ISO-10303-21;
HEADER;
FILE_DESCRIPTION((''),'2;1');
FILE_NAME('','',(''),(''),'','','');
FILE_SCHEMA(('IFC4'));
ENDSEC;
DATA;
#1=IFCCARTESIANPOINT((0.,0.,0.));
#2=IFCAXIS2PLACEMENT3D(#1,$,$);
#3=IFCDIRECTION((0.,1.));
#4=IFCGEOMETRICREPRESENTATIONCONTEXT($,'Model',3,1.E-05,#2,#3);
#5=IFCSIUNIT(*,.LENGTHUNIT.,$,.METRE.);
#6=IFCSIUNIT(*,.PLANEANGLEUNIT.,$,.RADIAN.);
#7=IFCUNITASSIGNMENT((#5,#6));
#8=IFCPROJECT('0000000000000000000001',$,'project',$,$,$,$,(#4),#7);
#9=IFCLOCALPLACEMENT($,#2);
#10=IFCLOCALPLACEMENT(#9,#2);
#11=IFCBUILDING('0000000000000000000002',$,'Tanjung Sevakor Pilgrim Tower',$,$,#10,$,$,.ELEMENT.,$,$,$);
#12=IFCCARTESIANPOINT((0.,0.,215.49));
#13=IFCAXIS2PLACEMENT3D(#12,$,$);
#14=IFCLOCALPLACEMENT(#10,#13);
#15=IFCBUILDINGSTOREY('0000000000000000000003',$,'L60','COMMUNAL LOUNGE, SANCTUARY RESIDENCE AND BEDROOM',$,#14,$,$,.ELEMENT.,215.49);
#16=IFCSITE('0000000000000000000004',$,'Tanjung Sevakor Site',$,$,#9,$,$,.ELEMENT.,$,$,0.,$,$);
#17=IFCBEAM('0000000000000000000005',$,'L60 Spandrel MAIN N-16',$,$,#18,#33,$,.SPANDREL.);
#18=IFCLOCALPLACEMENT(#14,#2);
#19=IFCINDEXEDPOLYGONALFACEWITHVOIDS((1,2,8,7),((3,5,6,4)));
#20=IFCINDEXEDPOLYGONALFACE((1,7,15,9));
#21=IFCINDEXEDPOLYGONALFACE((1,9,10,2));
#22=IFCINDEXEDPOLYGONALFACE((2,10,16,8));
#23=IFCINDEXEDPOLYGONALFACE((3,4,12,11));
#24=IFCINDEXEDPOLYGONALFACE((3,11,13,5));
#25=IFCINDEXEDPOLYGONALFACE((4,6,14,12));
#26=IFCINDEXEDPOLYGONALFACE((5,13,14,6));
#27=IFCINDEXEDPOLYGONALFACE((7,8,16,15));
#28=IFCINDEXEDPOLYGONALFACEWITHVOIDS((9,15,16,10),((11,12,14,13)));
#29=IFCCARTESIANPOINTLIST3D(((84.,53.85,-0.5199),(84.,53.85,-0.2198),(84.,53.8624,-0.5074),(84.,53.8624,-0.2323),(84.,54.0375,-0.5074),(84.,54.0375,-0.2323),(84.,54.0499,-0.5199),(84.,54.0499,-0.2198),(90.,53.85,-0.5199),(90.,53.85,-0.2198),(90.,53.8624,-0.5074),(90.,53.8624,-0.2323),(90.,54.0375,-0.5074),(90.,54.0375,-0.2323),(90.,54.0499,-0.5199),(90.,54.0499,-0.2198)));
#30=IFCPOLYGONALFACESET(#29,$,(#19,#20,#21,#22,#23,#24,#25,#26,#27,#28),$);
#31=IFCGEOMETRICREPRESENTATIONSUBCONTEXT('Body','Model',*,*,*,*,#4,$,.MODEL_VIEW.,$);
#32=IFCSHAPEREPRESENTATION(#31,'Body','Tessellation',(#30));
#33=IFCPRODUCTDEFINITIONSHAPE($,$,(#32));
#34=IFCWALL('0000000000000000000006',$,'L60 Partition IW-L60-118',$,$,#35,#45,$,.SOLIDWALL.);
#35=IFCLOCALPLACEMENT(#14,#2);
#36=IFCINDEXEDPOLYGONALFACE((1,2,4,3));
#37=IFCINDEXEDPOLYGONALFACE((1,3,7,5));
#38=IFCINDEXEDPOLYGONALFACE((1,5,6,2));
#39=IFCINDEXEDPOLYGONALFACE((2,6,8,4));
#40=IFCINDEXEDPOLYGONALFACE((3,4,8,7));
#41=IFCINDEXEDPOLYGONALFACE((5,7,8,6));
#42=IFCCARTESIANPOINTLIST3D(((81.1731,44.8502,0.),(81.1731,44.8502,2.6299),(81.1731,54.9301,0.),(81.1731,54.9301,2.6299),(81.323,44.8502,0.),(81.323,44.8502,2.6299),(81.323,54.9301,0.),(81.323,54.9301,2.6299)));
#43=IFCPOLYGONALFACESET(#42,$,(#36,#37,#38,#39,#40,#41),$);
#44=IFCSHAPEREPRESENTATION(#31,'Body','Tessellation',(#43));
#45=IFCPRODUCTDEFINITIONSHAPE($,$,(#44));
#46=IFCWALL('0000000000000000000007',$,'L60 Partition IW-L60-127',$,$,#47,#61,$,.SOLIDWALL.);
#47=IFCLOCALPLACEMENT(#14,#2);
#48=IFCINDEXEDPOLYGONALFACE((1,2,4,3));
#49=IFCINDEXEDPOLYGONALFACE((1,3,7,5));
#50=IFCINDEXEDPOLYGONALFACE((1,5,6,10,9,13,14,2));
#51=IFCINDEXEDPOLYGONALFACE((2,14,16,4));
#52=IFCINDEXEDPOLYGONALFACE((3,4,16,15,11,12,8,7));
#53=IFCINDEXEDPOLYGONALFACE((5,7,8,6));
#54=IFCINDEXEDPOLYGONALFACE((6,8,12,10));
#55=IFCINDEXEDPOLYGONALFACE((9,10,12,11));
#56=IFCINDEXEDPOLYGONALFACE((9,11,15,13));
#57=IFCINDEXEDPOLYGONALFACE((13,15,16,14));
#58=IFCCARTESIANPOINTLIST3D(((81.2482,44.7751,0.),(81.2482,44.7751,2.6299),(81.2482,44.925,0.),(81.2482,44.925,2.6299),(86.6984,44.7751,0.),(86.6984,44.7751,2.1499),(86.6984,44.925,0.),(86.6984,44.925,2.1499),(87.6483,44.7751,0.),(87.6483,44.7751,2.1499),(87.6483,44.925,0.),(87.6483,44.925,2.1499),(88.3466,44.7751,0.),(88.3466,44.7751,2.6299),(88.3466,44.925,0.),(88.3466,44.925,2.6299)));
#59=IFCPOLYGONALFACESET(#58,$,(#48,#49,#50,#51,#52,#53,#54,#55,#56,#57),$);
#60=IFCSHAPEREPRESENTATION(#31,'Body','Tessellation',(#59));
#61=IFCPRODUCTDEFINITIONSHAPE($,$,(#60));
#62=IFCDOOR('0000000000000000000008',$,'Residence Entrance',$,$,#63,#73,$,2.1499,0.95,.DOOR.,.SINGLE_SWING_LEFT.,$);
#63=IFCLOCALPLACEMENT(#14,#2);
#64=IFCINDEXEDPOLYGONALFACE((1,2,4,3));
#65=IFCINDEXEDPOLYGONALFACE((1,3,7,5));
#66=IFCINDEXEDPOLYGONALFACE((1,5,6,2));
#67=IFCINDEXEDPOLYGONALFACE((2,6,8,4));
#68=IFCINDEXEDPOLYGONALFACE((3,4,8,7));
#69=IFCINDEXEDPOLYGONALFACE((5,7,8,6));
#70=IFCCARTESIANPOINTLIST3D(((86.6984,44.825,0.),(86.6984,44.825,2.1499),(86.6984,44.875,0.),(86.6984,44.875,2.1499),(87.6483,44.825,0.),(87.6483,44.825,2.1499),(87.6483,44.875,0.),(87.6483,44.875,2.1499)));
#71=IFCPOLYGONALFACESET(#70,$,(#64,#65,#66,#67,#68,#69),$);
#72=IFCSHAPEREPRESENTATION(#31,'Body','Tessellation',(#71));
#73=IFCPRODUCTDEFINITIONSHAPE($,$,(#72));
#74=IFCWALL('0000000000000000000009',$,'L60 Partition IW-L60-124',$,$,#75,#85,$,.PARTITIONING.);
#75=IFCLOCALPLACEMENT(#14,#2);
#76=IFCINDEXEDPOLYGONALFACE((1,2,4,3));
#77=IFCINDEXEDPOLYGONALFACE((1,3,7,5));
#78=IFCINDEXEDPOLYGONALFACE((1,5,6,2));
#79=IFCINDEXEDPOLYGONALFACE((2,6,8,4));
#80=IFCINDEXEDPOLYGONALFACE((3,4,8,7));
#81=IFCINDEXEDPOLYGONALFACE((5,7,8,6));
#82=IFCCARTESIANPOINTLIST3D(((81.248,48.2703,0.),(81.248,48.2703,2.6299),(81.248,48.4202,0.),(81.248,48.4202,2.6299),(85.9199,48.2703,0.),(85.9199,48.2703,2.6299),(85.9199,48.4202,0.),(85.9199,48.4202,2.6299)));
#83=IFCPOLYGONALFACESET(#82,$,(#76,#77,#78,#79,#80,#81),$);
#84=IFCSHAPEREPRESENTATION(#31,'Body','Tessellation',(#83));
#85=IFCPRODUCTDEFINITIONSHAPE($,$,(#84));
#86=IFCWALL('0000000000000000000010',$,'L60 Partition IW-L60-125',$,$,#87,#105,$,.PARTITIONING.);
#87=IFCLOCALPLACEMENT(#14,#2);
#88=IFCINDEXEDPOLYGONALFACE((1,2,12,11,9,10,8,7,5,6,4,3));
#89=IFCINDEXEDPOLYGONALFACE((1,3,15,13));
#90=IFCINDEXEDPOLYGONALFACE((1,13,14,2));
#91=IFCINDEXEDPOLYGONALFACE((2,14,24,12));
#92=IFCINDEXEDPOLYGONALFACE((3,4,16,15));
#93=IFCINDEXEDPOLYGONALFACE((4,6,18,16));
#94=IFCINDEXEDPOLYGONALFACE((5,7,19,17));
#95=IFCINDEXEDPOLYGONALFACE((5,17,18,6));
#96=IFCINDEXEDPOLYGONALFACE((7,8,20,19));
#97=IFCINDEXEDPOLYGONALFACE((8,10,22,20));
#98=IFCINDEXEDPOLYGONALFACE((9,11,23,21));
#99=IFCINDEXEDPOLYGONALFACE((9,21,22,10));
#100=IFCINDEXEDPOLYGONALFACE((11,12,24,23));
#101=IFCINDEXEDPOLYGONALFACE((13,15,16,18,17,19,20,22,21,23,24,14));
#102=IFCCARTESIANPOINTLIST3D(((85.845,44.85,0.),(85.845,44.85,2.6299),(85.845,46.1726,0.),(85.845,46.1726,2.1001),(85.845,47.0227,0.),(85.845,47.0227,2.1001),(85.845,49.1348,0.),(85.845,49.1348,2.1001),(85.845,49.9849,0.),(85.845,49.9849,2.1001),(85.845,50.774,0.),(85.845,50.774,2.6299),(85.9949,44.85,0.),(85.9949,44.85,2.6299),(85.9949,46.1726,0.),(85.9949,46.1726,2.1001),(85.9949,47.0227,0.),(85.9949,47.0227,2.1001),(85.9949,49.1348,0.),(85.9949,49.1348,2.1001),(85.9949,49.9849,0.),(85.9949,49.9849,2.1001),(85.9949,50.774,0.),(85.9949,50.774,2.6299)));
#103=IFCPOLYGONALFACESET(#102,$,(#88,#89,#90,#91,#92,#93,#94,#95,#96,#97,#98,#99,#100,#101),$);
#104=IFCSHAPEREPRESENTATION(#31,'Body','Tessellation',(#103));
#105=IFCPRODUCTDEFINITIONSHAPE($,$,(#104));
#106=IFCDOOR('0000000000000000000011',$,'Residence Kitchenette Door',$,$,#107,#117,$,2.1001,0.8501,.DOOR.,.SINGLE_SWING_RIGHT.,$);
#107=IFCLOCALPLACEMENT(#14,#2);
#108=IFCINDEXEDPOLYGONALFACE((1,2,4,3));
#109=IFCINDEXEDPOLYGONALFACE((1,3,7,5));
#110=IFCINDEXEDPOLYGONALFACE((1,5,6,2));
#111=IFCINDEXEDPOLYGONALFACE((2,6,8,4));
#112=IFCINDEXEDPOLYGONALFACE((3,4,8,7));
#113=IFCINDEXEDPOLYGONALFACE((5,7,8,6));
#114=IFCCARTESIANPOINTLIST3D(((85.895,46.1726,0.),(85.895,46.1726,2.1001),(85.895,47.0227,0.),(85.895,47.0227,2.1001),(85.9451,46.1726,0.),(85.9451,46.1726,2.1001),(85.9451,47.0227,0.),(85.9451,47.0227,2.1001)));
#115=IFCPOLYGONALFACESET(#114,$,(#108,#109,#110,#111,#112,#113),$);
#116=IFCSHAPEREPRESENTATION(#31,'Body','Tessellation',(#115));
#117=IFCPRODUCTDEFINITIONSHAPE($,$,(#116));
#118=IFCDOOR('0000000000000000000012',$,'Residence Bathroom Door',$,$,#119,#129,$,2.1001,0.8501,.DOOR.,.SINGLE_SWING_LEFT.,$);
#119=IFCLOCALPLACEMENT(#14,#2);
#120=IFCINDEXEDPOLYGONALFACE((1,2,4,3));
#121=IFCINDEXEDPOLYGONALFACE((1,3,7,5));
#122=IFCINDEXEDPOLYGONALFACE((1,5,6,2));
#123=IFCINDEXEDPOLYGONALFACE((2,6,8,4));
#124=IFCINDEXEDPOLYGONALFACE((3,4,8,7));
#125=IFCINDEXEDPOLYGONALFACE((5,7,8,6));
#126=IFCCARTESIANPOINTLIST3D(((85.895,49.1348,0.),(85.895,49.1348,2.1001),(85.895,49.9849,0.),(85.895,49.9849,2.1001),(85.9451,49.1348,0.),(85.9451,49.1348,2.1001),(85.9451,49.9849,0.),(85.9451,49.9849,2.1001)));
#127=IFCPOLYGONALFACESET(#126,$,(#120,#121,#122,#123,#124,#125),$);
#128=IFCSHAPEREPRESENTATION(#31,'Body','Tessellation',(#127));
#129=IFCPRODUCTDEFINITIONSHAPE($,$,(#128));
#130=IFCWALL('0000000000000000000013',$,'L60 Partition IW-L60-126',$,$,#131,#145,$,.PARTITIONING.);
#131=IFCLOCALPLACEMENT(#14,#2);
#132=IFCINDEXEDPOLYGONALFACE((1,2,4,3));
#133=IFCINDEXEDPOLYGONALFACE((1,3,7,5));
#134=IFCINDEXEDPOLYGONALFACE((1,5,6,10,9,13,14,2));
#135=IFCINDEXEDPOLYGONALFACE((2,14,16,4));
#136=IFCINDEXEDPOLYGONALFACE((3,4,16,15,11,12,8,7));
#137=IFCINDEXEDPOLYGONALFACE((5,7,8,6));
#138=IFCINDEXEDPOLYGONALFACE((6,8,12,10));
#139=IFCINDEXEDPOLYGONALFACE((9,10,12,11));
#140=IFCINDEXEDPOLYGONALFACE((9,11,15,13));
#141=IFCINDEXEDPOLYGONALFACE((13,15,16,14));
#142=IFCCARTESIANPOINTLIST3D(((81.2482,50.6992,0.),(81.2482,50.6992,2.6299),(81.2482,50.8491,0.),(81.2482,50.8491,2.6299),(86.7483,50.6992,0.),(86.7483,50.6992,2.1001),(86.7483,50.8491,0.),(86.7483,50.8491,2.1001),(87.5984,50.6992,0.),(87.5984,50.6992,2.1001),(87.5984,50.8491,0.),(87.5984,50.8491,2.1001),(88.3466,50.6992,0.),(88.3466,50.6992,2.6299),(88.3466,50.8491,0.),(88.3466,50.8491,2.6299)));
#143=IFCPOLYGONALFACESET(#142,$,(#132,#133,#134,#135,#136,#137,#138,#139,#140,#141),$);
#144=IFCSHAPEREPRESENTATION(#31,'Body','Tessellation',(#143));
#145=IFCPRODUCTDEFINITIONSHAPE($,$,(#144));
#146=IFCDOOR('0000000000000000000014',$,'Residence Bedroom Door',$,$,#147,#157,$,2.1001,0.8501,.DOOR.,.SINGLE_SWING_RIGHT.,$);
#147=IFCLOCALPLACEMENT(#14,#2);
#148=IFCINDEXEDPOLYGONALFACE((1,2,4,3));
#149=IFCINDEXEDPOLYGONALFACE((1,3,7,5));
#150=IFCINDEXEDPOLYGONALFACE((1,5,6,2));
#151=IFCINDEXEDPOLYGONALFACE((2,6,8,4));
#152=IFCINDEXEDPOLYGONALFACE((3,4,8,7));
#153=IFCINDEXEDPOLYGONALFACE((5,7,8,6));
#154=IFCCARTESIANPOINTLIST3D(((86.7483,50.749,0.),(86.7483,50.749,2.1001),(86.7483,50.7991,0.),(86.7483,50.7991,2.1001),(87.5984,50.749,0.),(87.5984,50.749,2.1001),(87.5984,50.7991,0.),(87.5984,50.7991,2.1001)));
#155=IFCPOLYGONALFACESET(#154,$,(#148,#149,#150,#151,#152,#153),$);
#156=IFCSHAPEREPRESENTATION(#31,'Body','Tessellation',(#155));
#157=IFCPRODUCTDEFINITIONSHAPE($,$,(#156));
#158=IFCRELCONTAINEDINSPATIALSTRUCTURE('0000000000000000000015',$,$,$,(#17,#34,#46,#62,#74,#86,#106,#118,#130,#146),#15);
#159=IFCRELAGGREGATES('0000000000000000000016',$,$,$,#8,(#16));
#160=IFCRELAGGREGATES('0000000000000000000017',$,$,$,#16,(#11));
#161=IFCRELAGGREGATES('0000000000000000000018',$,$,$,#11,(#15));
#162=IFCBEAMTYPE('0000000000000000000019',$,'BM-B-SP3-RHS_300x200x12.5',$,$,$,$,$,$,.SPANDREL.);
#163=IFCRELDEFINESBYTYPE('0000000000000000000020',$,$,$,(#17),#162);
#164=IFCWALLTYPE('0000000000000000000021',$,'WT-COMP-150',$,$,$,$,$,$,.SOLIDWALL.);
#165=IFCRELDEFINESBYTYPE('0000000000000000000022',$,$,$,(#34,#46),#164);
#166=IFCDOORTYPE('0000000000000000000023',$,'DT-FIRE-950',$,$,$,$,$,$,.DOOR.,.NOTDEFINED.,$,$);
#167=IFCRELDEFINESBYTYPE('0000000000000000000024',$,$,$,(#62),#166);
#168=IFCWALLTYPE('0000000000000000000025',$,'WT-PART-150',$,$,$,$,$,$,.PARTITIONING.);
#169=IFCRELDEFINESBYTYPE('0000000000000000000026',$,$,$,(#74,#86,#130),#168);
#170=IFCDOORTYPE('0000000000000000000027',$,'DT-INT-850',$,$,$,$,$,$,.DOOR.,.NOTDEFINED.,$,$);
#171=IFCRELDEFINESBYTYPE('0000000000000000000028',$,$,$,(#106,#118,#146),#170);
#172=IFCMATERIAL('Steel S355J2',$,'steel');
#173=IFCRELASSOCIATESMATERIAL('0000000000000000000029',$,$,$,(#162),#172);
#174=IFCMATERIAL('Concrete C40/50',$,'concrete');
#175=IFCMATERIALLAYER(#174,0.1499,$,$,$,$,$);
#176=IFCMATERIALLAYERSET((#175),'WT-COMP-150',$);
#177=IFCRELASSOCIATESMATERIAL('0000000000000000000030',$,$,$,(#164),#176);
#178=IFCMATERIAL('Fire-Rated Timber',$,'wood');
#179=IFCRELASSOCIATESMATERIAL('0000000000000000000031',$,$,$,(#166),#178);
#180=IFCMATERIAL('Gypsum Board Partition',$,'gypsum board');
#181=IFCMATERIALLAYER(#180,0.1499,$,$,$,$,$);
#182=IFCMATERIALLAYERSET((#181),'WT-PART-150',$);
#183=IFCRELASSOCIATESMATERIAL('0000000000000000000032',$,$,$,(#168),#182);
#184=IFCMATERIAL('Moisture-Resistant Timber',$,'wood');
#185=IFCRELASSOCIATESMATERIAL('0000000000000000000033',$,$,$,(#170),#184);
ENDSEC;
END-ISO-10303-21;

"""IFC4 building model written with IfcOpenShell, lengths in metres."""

from ifc_helpers import new_model, si_unit, direction, frame, frame_2d, origin, origin_2d, place, context, subcontext, project, spatial, rectangle, hollow_rectangle, extrude, material, layer, layer_set, material_profile, profile_set, type_object, element, fill, save


model = new_model("IFC4")

# Units and contexts
model_context = context("Model", 3, precision=1e-05, world=origin(), true_north=direction((0.0, 1.0)))
body_context = subcontext(model_context, "Body", "Model", "MODEL_VIEW")
ifc_project = project(units=[si_unit("LENGTHUNIT", "METRE"), si_unit("PLANEANGLEUNIT", "RADIAN")], contexts=[model_context])

# Site, building, storey
site_placement = place(None, origin())
site = spatial("IfcSite", under=ifc_project, at=site_placement, Name="Tanjung Sevakor Site", CompositionType="ELEMENT", RefElevation=0.0)
building_placement = place(site_placement, origin())
building = spatial("IfcBuilding", under=site, at=building_placement, Name="Tanjung Sevakor Pilgrim Tower", CompositionType="ELEMENT")
storey_placement = place(building_placement, frame((0.0, 0.0, 215.49)))
storey = spatial("IfcBuildingStorey", under=building, at=storey_placement, Name="L60", Description="COMMUNAL LOUNGE, SANCTUARY RESIDENCE AND BEDROOM", CompositionType="ELEMENT", Elevation=215.49)

# Beam
ifc_material_1 = material(Name="Steel S355J2", Category="steel")
ifc_material_profile_1 = material_profile(ifc_material_1, hollow_rectangle(XDim=0.2, YDim=0.3, WallThickness=0.0125, at=origin_2d()))
ifc_profile_set_1 = profile_set([ifc_material_profile_1], Name="Steel S355J2")
beam_type_1 = type_object("IfcBeamType", Name="BM-B-SP3-RHS_300x200x12.5", PredefinedType="SPANDREL", material=ifc_profile_set_1)
for number, where, z_axis, x_axis, name in (
    (1, (84.0, 53.95, -0.3699), (1.0, 0.0, 0.0), (0.0, 1.0, 0.0), "L60 Spandrel MAIN N-16"),
):
    element("IfcBeam", number, at=place(storey_placement, frame(where, z_axis=z_axis, x_axis=x_axis)), inside=storey, type_object=beam_type_1, Name=name, PredefinedType="SPANDREL", context=body_context, shape_type="SweptSolid", body=[
        extrude(hollow_rectangle(XDim=0.2, YDim=0.3, WallThickness=0.0125, at=origin_2d()), origin(), (0.0, 0.0, 1.0), 6.0),
    ])

# Wall
ifc_material_2 = material(Name="Concrete C40/50", Category="concrete")
ifc_layer_1 = layer(ifc_material_2, 0.1499)
ifc_layer_set_1 = layer_set([ifc_layer_1], Name="WT-COMP-150")
wall_type_1 = type_object("IfcWallType", Name="WT-COMP-150", PredefinedType="SOLIDWALL", material=ifc_layer_set_1)
wall_1_placement = place(storey_placement, frame((81.248, 44.8501, 0.0), z_axis=(0.0, 0.0, 1.0), x_axis=(0.0, 1.0, 0.0)))
element("IfcWall", 2, at=wall_1_placement, inside=storey, type_object=wall_type_1, Name="L60 Partition IW-L60-118", PredefinedType="SOLIDWALL", context=body_context, shape_type="SweptSolid", body=[
    extrude(rectangle(XDim=10.0798, YDim=0.1499, at=frame_2d((5.04, 0.0))), origin(), (0.0, 0.0, 1.0), 2.6299),
])

# Wall, opening, door
wall_2_placement = place(storey_placement, frame((81.248, 44.8501, 0.0), z_axis=(0.0, 0.0, 1.0), x_axis=(1.0, 0.0, 0.0)))
wall_2 = element("IfcWall", 3, at=wall_2_placement, inside=storey, type_object=wall_type_1, Name="L60 Partition IW-L60-127", PredefinedType="SOLIDWALL", context=body_context, shape_type="SweptSolid", body=[
    extrude(rectangle(XDim=7.0984, YDim=0.1499, at=frame_2d((3.5493, 0.0))), origin(), (0.0, 0.0, 1.0), 2.6299),
])
opening_1_placement = place(wall_2_placement, frame((5.4502, 0.0, 0.0)))
opening_1 = element("IfcOpeningElement", 4, at=opening_1_placement, cuts=wall_2, PredefinedType="OPENING", context=body_context, shape_type="SweptSolid", body=[
    extrude(rectangle(XDim=0.95, YDim=2.1499, at=frame_2d((0.4751, 1.075))), frame((0.0, 0.085, 0.0), z_axis=(0.0, -1.0, 0.0), x_axis=(1.0, 0.0, 0.0)), (0.0, 0.0, 1.0), 0.1699),
])
ifc_material_3 = material(Name="Fire-Rated Timber", Category="wood")
door_type_1 = type_object("IfcDoorType", Name="DT-FIRE-950", OperationType="NOTDEFINED", PredefinedType="DOOR", material=ifc_material_3)
door_1_placement = place(opening_1_placement, origin())
door_1 = element("IfcDoor", 5, at=door_1_placement, inside=storey, type_object=door_type_1, Name="Residence Entrance", OperationType="SINGLE_SWING_LEFT", OverallHeight=2.1499, OverallWidth=0.95, PredefinedType="DOOR", context=body_context, shape_type="SweptSolid", body=[
    extrude(rectangle(XDim=0.95, YDim=2.1499, at=frame_2d((0.4751, 1.075))), frame((0.0, 0.0249, 0.0), z_axis=(0.0, -1.0, 0.0), x_axis=(1.0, 0.0, 0.0)), (0.0, 0.0, 1.0), 0.05),
])
fill(opening_1, door_1)

# Wall
ifc_material_4 = material(Name="Gypsum Board Partition", Category="gypsum board")
ifc_layer_2 = layer(ifc_material_4, 0.1499)
ifc_layer_set_2 = layer_set([ifc_layer_2], Name="WT-PART-150")
wall_type_2 = type_object("IfcWallType", Name="WT-PART-150", PredefinedType="PARTITIONING", material=ifc_layer_set_2)
wall_3_placement = place(storey_placement, frame((81.248, 48.3452, 0.0), z_axis=(0.0, 0.0, 1.0), x_axis=(1.0, 0.0, 0.0)))
element("IfcWall", 6, at=wall_3_placement, inside=storey, type_object=wall_type_2, Name="L60 Partition IW-L60-124", PredefinedType="PARTITIONING", context=body_context, shape_type="SweptSolid", body=[
    extrude(rectangle(XDim=4.6719, YDim=0.1499, at=frame_2d((2.3359, 0.0))), origin(), (0.0, 0.0, 1.0), 2.6299),
])

# Wall, openings, doors
wall_4_placement = place(storey_placement, frame((85.9199, 44.8501, 0.0), z_axis=(0.0, 0.0, 1.0), x_axis=(0.0, 1.0, 0.0)))
wall_4 = element("IfcWall", 7, at=wall_4_placement, inside=storey, type_object=wall_type_2, Name="L60 Partition IW-L60-125", PredefinedType="PARTITIONING", context=body_context, shape_type="SweptSolid", body=[
    extrude(rectangle(XDim=5.9241, YDim=0.1499, at=frame_2d((2.9619, 0.0))), origin(), (0.0, 0.0, 1.0), 2.6299),
])
opening_2_placement = place(wall_4_placement, frame((1.3225, 0.0, 0.0)))
opening_2 = element("IfcOpeningElement", 8, at=opening_2_placement, cuts=wall_4, PredefinedType="OPENING", context=body_context, shape_type="SweptSolid", body=[
    extrude(rectangle(XDim=0.8501, YDim=2.1001, at=frame_2d((0.425, 1.05))), frame((0.0, 0.085, 0.0), z_axis=(0.0, -1.0, 0.0), x_axis=(1.0, 0.0, 0.0)), (0.0, 0.0, 1.0), 0.1699),
])
opening_3_placement = place(wall_4_placement, frame((4.2847, 0.0, 0.0)))
opening_3 = element("IfcOpeningElement", 9, at=opening_3_placement, cuts=wall_4, PredefinedType="OPENING", context=body_context, shape_type="SweptSolid", body=[
    extrude(rectangle(XDim=0.8501, YDim=2.1001, at=frame_2d((0.425, 1.05))), frame((0.0, 0.085, 0.0), z_axis=(0.0, -1.0, 0.0), x_axis=(1.0, 0.0, 0.0)), (0.0, 0.0, 1.0), 0.1699),
])
ifc_material_5 = material(Name="Moisture-Resistant Timber", Category="wood")
door_type_2 = type_object("IfcDoorType", Name="DT-INT-850", OperationType="NOTDEFINED", PredefinedType="DOOR", material=ifc_material_5)
door_2_placement = place(opening_2_placement, origin())
door_2 = element("IfcDoor", 10, at=door_2_placement, inside=storey, type_object=door_type_2, Name="Residence Kitchenette Door", OperationType="SINGLE_SWING_RIGHT", OverallHeight=2.1001, OverallWidth=0.8501, PredefinedType="DOOR", context=body_context, shape_type="SweptSolid", body=[
    extrude(rectangle(XDim=0.8501, YDim=2.1001, at=frame_2d((0.425, 1.05))), frame((0.0, 0.0249, 0.0), z_axis=(0.0, -1.0, 0.0), x_axis=(1.0, 0.0, 0.0)), (0.0, 0.0, 1.0), 0.05),
])
fill(opening_2, door_2)
door_3_placement = place(opening_3_placement, origin())
door_3 = element("IfcDoor", 11, at=door_3_placement, inside=storey, type_object=door_type_2, Name="Residence Bathroom Door", OperationType="SINGLE_SWING_LEFT", OverallHeight=2.1001, OverallWidth=0.8501, PredefinedType="DOOR", context=body_context, shape_type="SweptSolid", body=[
    extrude(rectangle(XDim=0.8501, YDim=2.1001, at=frame_2d((0.425, 1.05))), frame((0.0, 0.0249, 0.0), z_axis=(0.0, -1.0, 0.0), x_axis=(1.0, 0.0, 0.0)), (0.0, 0.0, 1.0), 0.05),
])
fill(opening_3, door_3)

# Wall, opening, door
wall_5_placement = place(storey_placement, frame((81.248, 50.7742, 0.0), z_axis=(0.0, 0.0, 1.0), x_axis=(1.0, 0.0, 0.0)))
wall_5 = element("IfcWall", 12, at=wall_5_placement, inside=storey, type_object=wall_type_2, Name="L60 Partition IW-L60-126", PredefinedType="PARTITIONING", context=body_context, shape_type="SweptSolid", body=[
    extrude(rectangle(XDim=7.0984, YDim=0.1499, at=frame_2d((3.5493, 0.0))), origin(), (0.0, 0.0, 1.0), 2.6299),
])
opening_4_placement = place(wall_5_placement, frame((5.5002, 0.0, 0.0)))
opening_4 = element("IfcOpeningElement", 13, at=opening_4_placement, cuts=wall_5, PredefinedType="OPENING", context=body_context, shape_type="SweptSolid", body=[
    extrude(rectangle(XDim=0.8501, YDim=2.1001, at=frame_2d((0.425, 1.05))), frame((0.0, 0.085, 0.0), z_axis=(0.0, -1.0, 0.0), x_axis=(1.0, 0.0, 0.0)), (0.0, 0.0, 1.0), 0.1699),
])
door_4_placement = place(opening_4_placement, origin())
door_4 = element("IfcDoor", 14, at=door_4_placement, inside=storey, type_object=door_type_2, Name="Residence Bedroom Door", OperationType="SINGLE_SWING_RIGHT", OverallHeight=2.1001, OverallWidth=0.8501, PredefinedType="DOOR", context=body_context, shape_type="SweptSolid", body=[
    extrude(rectangle(XDim=0.8501, YDim=2.1001, at=frame_2d((0.425, 1.05))), frame((0.0, 0.0249, 0.0), z_axis=(0.0, -1.0, 0.0), x_axis=(1.0, 0.0, 0.0)), (0.0, 0.0, 1.0), 0.05),
])
fill(opening_4, door_4)

save(model, "model.ifc")
